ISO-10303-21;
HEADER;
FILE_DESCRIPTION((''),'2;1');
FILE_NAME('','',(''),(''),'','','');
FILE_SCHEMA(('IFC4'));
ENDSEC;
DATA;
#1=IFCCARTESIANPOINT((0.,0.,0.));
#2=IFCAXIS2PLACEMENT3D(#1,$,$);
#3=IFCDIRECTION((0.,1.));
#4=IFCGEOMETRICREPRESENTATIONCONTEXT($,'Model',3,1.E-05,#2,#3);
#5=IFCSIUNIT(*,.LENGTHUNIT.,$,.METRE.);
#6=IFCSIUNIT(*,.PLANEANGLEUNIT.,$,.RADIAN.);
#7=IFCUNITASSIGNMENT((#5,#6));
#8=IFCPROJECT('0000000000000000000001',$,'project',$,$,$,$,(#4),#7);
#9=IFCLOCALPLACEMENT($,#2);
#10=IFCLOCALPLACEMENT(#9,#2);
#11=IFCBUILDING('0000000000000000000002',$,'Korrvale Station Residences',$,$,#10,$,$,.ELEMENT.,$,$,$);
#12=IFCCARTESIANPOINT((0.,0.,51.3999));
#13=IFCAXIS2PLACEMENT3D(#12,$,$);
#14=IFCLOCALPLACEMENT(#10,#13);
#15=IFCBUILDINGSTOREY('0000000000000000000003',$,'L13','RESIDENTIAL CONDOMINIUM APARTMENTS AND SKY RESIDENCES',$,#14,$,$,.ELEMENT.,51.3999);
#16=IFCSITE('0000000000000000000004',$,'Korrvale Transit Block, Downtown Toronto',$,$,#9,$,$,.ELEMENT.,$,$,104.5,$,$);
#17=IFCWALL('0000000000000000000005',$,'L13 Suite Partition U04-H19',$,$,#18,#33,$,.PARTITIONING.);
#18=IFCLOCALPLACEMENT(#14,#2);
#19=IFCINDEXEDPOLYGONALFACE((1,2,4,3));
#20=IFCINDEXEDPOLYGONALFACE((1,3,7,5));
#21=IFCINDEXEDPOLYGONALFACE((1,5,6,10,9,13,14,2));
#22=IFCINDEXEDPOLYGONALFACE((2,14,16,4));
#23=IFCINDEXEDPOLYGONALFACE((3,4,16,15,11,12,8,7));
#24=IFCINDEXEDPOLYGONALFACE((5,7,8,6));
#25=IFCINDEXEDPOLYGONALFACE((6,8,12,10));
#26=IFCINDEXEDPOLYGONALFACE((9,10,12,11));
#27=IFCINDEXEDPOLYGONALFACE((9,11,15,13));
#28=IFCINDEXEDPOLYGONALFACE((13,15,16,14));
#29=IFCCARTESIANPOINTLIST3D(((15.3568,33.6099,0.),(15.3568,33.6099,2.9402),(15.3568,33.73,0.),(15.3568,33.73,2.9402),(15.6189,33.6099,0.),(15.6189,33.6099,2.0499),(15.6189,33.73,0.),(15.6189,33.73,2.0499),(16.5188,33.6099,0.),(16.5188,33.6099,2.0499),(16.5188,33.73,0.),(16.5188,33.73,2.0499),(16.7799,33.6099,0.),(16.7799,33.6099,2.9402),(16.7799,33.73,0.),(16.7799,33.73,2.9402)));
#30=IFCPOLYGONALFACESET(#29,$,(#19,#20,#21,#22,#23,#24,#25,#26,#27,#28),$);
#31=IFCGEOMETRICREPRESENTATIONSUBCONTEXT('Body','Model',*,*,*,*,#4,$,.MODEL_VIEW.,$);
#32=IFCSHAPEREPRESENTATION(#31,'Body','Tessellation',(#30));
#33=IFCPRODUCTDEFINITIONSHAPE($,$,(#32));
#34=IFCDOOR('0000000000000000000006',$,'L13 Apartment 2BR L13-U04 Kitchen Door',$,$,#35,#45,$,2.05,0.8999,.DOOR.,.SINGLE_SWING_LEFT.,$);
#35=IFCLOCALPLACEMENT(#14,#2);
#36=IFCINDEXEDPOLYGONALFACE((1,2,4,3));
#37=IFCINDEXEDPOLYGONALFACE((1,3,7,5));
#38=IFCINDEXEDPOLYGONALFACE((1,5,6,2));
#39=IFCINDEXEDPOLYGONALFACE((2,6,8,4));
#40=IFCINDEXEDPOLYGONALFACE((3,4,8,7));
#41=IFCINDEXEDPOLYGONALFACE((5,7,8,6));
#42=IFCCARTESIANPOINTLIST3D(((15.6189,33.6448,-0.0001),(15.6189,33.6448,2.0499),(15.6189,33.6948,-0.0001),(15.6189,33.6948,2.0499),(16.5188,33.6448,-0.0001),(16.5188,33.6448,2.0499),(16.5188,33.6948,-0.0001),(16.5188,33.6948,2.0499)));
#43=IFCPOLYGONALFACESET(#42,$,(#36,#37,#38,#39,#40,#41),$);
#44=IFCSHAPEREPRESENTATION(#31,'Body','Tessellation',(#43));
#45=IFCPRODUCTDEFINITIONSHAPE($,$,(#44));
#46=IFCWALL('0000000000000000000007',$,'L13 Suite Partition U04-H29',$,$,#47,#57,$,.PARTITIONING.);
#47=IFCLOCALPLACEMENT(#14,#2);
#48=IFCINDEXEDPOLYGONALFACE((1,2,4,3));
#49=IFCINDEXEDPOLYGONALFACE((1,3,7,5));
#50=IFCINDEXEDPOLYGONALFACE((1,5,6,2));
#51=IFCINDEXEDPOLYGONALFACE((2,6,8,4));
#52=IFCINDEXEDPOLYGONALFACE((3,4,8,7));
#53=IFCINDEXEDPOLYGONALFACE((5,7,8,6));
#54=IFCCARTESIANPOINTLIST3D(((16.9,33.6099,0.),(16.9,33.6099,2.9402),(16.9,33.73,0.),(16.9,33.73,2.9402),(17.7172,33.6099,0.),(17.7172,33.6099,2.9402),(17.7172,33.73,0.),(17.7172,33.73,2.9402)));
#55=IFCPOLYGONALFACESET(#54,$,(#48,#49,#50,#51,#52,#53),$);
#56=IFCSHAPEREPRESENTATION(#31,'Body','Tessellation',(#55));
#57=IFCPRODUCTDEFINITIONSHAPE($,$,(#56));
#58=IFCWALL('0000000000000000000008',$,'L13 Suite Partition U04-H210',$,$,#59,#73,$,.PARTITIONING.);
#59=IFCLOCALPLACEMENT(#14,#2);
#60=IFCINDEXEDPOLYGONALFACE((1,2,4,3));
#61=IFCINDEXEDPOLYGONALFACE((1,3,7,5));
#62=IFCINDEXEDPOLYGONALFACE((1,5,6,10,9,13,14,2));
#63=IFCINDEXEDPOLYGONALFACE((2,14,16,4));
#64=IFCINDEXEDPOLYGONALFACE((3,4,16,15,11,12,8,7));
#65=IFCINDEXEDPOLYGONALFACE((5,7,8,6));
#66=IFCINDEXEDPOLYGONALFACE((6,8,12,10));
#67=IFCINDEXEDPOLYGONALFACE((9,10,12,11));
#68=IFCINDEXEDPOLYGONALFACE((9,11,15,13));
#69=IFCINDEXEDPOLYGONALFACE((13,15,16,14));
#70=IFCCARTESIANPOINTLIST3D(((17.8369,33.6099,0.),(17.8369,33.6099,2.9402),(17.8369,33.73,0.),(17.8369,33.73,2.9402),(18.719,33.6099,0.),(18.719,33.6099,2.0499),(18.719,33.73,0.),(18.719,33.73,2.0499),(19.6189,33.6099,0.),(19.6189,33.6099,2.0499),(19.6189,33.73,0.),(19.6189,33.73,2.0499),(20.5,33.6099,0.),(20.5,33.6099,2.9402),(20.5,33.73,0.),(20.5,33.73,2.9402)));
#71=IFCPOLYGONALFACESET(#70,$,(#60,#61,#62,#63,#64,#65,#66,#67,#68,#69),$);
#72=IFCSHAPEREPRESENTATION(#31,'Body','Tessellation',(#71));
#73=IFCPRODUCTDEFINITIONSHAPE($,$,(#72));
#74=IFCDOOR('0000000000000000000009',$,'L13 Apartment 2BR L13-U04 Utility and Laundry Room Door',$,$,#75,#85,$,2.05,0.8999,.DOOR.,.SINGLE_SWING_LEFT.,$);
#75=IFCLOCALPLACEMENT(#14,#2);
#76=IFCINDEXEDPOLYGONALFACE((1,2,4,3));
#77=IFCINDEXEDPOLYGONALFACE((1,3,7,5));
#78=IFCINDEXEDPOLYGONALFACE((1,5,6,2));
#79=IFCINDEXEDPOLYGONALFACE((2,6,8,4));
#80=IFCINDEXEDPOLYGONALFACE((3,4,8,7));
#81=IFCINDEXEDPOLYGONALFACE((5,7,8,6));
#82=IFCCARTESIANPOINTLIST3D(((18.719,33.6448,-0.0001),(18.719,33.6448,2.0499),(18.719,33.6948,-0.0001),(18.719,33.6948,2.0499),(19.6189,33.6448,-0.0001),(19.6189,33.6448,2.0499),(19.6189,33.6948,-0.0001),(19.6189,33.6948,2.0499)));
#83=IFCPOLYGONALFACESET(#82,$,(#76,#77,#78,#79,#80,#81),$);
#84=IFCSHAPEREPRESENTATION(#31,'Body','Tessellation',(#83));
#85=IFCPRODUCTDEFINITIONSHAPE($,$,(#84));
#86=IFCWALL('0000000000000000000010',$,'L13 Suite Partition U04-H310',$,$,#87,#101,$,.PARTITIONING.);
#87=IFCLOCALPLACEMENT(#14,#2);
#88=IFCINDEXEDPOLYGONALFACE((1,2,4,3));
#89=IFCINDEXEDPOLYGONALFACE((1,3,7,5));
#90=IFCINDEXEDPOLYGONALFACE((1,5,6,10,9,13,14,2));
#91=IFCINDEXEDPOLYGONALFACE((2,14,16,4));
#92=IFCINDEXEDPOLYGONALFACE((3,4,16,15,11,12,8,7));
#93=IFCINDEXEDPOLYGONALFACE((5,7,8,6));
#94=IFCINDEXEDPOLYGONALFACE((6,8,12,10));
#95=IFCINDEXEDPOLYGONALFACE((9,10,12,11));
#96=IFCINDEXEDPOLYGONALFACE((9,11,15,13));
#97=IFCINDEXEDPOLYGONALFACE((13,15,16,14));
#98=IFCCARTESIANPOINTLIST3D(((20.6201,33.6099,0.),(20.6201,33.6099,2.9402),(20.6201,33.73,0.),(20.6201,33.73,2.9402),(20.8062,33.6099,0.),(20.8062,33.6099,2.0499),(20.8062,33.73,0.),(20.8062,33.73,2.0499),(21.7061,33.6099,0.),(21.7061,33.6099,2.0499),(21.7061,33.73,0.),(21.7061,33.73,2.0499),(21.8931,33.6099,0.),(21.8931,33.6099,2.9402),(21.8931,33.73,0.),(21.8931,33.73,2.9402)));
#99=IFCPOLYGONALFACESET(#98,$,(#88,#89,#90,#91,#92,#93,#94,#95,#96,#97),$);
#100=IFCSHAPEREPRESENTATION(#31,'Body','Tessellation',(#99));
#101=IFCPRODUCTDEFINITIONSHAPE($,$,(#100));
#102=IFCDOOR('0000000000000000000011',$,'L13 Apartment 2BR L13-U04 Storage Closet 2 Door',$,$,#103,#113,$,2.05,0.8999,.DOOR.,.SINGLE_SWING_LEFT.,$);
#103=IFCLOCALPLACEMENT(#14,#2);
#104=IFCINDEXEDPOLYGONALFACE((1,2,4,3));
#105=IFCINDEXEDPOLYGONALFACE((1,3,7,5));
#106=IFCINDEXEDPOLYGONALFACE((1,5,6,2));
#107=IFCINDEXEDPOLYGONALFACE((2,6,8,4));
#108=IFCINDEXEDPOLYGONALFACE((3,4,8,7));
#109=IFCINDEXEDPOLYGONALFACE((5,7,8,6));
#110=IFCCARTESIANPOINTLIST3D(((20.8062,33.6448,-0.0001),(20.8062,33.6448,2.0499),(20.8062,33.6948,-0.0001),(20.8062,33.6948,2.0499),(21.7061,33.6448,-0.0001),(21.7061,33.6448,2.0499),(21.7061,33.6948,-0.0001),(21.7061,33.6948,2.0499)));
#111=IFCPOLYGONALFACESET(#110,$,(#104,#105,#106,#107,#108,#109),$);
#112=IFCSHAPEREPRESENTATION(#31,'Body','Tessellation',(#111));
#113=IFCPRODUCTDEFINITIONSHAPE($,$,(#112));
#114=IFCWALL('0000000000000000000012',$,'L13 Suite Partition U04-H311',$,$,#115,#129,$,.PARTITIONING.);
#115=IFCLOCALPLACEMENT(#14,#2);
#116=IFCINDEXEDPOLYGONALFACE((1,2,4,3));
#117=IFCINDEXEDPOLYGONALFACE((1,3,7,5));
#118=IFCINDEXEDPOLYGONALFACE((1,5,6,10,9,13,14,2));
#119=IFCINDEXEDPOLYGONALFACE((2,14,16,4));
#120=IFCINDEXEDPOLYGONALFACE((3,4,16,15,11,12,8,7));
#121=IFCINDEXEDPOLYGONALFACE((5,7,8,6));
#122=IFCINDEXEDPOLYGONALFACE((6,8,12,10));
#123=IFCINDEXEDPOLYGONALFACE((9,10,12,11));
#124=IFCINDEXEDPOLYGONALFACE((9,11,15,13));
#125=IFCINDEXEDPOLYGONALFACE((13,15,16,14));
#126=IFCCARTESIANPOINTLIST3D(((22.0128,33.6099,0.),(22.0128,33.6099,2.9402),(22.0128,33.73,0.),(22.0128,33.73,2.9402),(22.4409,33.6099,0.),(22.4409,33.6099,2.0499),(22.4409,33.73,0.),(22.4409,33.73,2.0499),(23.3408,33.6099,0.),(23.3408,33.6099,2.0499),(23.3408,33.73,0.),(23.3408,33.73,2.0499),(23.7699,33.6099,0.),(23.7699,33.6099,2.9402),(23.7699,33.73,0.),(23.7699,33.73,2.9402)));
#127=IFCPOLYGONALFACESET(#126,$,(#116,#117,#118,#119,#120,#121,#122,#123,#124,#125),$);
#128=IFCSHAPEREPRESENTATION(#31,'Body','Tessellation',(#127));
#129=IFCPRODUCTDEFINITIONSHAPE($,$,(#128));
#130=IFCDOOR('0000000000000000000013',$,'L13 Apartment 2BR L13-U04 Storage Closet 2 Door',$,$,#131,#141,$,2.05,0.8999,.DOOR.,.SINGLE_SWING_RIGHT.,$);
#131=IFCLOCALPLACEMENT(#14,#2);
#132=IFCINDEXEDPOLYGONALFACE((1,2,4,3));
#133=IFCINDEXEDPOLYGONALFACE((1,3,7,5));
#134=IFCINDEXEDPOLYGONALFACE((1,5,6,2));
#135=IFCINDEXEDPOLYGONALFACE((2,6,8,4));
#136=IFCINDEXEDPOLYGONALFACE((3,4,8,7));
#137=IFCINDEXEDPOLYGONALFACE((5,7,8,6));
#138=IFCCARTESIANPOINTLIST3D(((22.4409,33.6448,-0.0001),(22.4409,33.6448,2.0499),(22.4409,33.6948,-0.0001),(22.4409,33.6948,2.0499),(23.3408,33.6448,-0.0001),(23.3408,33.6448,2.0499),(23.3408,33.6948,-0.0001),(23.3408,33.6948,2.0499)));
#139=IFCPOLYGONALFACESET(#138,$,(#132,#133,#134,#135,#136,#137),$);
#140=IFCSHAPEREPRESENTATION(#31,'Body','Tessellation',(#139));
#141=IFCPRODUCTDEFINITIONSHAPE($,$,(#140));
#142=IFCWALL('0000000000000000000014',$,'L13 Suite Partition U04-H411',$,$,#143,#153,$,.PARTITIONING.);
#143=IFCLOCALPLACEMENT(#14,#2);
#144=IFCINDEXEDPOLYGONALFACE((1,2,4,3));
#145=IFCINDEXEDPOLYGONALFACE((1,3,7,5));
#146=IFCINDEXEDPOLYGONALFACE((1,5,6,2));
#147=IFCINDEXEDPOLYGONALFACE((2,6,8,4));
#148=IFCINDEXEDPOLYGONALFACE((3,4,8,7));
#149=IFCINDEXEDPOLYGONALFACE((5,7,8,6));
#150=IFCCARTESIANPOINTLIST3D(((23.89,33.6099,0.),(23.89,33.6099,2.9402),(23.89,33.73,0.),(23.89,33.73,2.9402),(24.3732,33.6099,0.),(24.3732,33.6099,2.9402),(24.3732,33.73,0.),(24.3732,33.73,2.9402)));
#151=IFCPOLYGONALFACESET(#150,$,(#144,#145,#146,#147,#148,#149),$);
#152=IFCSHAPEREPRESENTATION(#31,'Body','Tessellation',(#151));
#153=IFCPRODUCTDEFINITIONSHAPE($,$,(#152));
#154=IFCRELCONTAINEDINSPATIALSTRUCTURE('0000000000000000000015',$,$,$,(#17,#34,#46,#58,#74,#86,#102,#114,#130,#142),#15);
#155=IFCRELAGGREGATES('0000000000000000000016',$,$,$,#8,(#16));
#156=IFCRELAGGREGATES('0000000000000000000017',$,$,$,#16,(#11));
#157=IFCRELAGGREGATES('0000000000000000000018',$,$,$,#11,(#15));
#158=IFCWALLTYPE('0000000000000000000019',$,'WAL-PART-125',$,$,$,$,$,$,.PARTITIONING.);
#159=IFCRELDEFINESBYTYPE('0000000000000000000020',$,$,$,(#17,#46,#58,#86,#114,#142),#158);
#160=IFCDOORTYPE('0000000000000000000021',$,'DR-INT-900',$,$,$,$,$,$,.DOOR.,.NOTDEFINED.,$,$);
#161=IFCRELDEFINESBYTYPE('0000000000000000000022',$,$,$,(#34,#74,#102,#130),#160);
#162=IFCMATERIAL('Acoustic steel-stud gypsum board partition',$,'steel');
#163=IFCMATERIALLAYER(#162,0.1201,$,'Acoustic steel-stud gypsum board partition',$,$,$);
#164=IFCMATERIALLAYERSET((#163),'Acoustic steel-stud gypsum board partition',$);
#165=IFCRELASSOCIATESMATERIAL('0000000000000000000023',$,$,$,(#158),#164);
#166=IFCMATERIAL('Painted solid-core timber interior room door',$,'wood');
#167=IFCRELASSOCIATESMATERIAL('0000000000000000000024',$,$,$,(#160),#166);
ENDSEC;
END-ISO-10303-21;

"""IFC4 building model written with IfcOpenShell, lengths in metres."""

from ifc_helpers import new_model, si_unit, direction, frame, frame_2d, origin, place, context, subcontext, project, spatial, rectangle, extrude, material, layer, layer_set, type_object, element, fill, save


model = new_model("IFC4")

# Units and contexts
model_context = context("Model", 3, precision=1e-05, world=origin(), true_north=direction((0.0, 1.0)))
body_context = subcontext(model_context, "Body", "Model", "MODEL_VIEW")
ifc_project = project(units=[si_unit("LENGTHUNIT", "METRE"), si_unit("PLANEANGLEUNIT", "RADIAN")], contexts=[model_context])

# Site, building, storey
site_placement = place(None, origin())
site = spatial("IfcSite", under=ifc_project, at=site_placement, Name="Korrvale Transit Block, Downtown Toronto", CompositionType="ELEMENT", RefElevation=104.5)
building_placement = place(site_placement, origin())
building = spatial("IfcBuilding", under=site, at=building_placement, Name="Korrvale Station Residences", CompositionType="ELEMENT")
storey_placement = place(building_placement, frame((0.0, 0.0, 51.3999)))
storey = spatial("IfcBuildingStorey", under=building, at=storey_placement, Name="L13", Description="RESIDENTIAL CONDOMINIUM APARTMENTS AND SKY RESIDENCES", CompositionType="ELEMENT", Elevation=51.3999)

# Wall, opening, door
ifc_material_1 = material(Name="Acoustic steel-stud gypsum board partition", Category="steel")
ifc_layer = layer(ifc_material_1, 0.1201, Name="Acoustic steel-stud gypsum board partition")
ifc_layer_set = layer_set([ifc_layer], Name="Acoustic steel-stud gypsum board partition")
wall_type = type_object("IfcWallType", Name="WAL-PART-125", PredefinedType="PARTITIONING", material=ifc_layer_set)
wall_1_placement = place(storey_placement, frame((15.3569, 33.6699, 0.0), z_axis=(0.0, 0.0, 1.0), x_axis=(1.0, 0.0, 0.0)))
wall_1 = element("IfcWall", 1, at=wall_1_placement, inside=storey, type_object=wall_type, Name="L13 Suite Partition U04-H19", PredefinedType="PARTITIONING", context=body_context, shape_type="SweptSolid", body=[
    extrude(rectangle(XDim=1.4231, YDim=0.1201, at=frame_2d((0.7114, 0.0))), origin(), (0.0, 0.0, 1.0), 2.9402),
])
opening_1_placement = place(wall_1_placement, frame((0.262, 0.0, 0.0)))
opening_1 = element("IfcOpeningElement", 2, at=opening_1_placement, cuts=wall_1, PredefinedType="OPENING", context=body_context, shape_type="SweptSolid", body=[
    extrude(rectangle(XDim=0.8999, YDim=2.05, at=frame_2d((0.45, 1.0249))), frame((0.0, 0.0701, 0.0), z_axis=(0.0, -1.0, 0.0), x_axis=(1.0, 0.0, 0.0)), (0.0, 0.0, 1.0), 0.1401),
])
ifc_material_2 = material(Name="Painted solid-core timber interior room door", Category="wood")
door_type = type_object("IfcDoorType", Name="DR-INT-900", OperationType="NOTDEFINED", PredefinedType="DOOR", material=ifc_material_2)
door_1_placement = place(opening_1_placement, origin())
door_1 = element("IfcDoor", 3, at=door_1_placement, inside=storey, type_object=door_type, Name="L13 Apartment 2BR L13-U04 Kitchen Door", OperationType="SINGLE_SWING_LEFT", OverallHeight=2.05, OverallWidth=0.8999, PredefinedType="DOOR", context=body_context, shape_type="SweptSolid", body=[
    extrude(rectangle(XDim=0.8999, YDim=2.05, at=frame_2d((0.45, 1.0249))), frame((0.0, 0.0249, 0.0), z_axis=(0.0, -1.0, 0.0), x_axis=(1.0, 0.0, 0.0)), (0.0, 0.0, 1.0), 0.05),
])
fill(opening_1, door_1)

# Wall
wall_2_placement = place(storey_placement, frame((16.8999, 33.6699, 0.0), z_axis=(0.0, 0.0, 1.0), x_axis=(1.0, 0.0, 0.0)))
element("IfcWall", 4, at=wall_2_placement, inside=storey, type_object=wall_type, Name="L13 Suite Partition U04-H29", PredefinedType="PARTITIONING", context=body_context, shape_type="SweptSolid", body=[
    extrude(rectangle(XDim=0.8171, YDim=0.1201, at=frame_2d((0.4087, 0.0))), origin(), (0.0, 0.0, 1.0), 2.9402),
])

# Walls, openings, doors
wall_3_placement = place(storey_placement, frame((17.8369, 33.6699, 0.0), z_axis=(0.0, 0.0, 1.0), x_axis=(1.0, 0.0, 0.0)))
wall_3 = element("IfcWall", 5, at=wall_3_placement, inside=storey, type_object=wall_type, Name="L13 Suite Partition U04-H210", PredefinedType="PARTITIONING", context=body_context, shape_type="SweptSolid", body=[
    extrude(rectangle(XDim=2.6631, YDim=0.1201, at=frame_2d((1.3315, 0.0))), origin(), (0.0, 0.0, 1.0), 2.9402),
])
opening_2_placement = place(wall_3_placement, frame((0.8821, 0.0, 0.0)))
opening_2 = element("IfcOpeningElement", 6, at=opening_2_placement, cuts=wall_3, PredefinedType="OPENING", context=body_context, shape_type="SweptSolid", body=[
    extrude(rectangle(XDim=0.8999, YDim=2.05, at=frame_2d((0.45, 1.0249))), frame((0.0, 0.0701, 0.0), z_axis=(0.0, -1.0, 0.0), x_axis=(1.0, 0.0, 0.0)), (0.0, 0.0, 1.0), 0.1401),
])
door_2_placement = place(opening_2_placement, origin())
door_2 = element("IfcDoor", 7, at=door_2_placement, inside=storey, type_object=door_type, Name="L13 Apartment 2BR L13-U04 Utility and Laundry Room Door", OperationType="SINGLE_SWING_LEFT", OverallHeight=2.05, OverallWidth=0.8999, PredefinedType="DOOR", context=body_context, shape_type="SweptSolid", body=[
    extrude(rectangle(XDim=0.8999, YDim=2.05, at=frame_2d((0.45, 1.0249))), frame((0.0, 0.0249, 0.0), z_axis=(0.0, -1.0, 0.0), x_axis=(1.0, 0.0, 0.0)), (0.0, 0.0, 1.0), 0.05),
])
fill(opening_2, door_2)
wall_4_placement = place(storey_placement, frame((20.6201, 33.6699, 0.0), z_axis=(0.0, 0.0, 1.0), x_axis=(1.0, 0.0, 0.0)))
wall_4 = element("IfcWall", 8, at=wall_4_placement, inside=storey, type_object=wall_type, Name="L13 Suite Partition U04-H310", PredefinedType="PARTITIONING", context=body_context, shape_type="SweptSolid", body=[
    extrude(rectangle(XDim=1.2729, YDim=0.1201, at=frame_2d((0.6365, 0.0))), origin(), (0.0, 0.0, 1.0), 2.9402),
])
opening_3_placement = place(wall_4_placement, frame((0.186, 0.0, 0.0)))
opening_3 = element("IfcOpeningElement", 9, at=opening_3_placement, cuts=wall_4, PredefinedType="OPENING", context=body_context, shape_type="SweptSolid", body=[
    extrude(rectangle(XDim=0.8999, YDim=2.05, at=frame_2d((0.45, 1.0249))), frame((0.0, 0.0701, 0.0), z_axis=(0.0, -1.0, 0.0), x_axis=(1.0, 0.0, 0.0)), (0.0, 0.0, 1.0), 0.1401),
])
door_3_placement = place(opening_3_placement, origin())
door_3 = element("IfcDoor", 10, at=door_3_placement, inside=storey, type_object=door_type, Name="L13 Apartment 2BR L13-U04 Storage Closet 2 Door", OperationType="SINGLE_SWING_LEFT", OverallHeight=2.05, OverallWidth=0.8999, PredefinedType="DOOR", context=body_context, shape_type="SweptSolid", body=[
    extrude(rectangle(XDim=0.8999, YDim=2.05, at=frame_2d((0.45, 1.0249))), frame((0.0, 0.0249, 0.0), z_axis=(0.0, -1.0, 0.0), x_axis=(1.0, 0.0, 0.0)), (0.0, 0.0, 1.0), 0.05),
])
fill(opening_3, door_3)
wall_5_placement = place(storey_placement, frame((22.0129, 33.6699, 0.0), z_axis=(0.0, 0.0, 1.0), x_axis=(1.0, 0.0, 0.0)))
wall_5 = element("IfcWall", 11, at=wall_5_placement, inside=storey, type_object=wall_type, Name="L13 Suite Partition U04-H311", PredefinedType="PARTITIONING", context=body_context, shape_type="SweptSolid", body=[
    extrude(rectangle(XDim=1.7571, YDim=0.1201, at=frame_2d((0.8784, 0.0))), origin(), (0.0, 0.0, 1.0), 2.9402),
])
opening_4_placement = place(wall_5_placement, frame((0.428, 0.0, 0.0)))
opening_4 = element("IfcOpeningElement", 12, at=opening_4_placement, cuts=wall_5, PredefinedType="OPENING", context=body_context, shape_type="SweptSolid", body=[
    extrude(rectangle(XDim=0.8999, YDim=2.05, at=frame_2d((0.45, 1.0249))), frame((0.0, 0.0701, 0.0), z_axis=(0.0, -1.0, 0.0), x_axis=(1.0, 0.0, 0.0)), (0.0, 0.0, 1.0), 0.1401),
])
door_4_placement = place(opening_4_placement, origin())
door_4 = element("IfcDoor", 13, at=door_4_placement, inside=storey, type_object=door_type, Name="L13 Apartment 2BR L13-U04 Storage Closet 2 Door", OperationType="SINGLE_SWING_RIGHT", OverallHeight=2.05, OverallWidth=0.8999, PredefinedType="DOOR", context=body_context, shape_type="SweptSolid", body=[
    extrude(rectangle(XDim=0.8999, YDim=2.05, at=frame_2d((0.45, 1.0249))), frame((0.0, 0.0249, 0.0), z_axis=(0.0, -1.0, 0.0), x_axis=(1.0, 0.0, 0.0)), (0.0, 0.0, 1.0), 0.05),
])
fill(opening_4, door_4)

# Wall
wall_6_placement = place(storey_placement, frame((23.8899, 33.6699, 0.0), z_axis=(0.0, 0.0, 1.0), x_axis=(1.0, 0.0, 0.0)))
element("IfcWall", 14, at=wall_6_placement, inside=storey, type_object=wall_type, Name="L13 Suite Partition U04-H411", PredefinedType="PARTITIONING", context=body_context, shape_type="SweptSolid", body=[
    extrude(rectangle(XDim=0.4832, YDim=0.1201, at=frame_2d((0.2417, 0.0))), origin(), (0.0, 0.0, 1.0), 2.9402),
])

save(model, "model.ifc")
